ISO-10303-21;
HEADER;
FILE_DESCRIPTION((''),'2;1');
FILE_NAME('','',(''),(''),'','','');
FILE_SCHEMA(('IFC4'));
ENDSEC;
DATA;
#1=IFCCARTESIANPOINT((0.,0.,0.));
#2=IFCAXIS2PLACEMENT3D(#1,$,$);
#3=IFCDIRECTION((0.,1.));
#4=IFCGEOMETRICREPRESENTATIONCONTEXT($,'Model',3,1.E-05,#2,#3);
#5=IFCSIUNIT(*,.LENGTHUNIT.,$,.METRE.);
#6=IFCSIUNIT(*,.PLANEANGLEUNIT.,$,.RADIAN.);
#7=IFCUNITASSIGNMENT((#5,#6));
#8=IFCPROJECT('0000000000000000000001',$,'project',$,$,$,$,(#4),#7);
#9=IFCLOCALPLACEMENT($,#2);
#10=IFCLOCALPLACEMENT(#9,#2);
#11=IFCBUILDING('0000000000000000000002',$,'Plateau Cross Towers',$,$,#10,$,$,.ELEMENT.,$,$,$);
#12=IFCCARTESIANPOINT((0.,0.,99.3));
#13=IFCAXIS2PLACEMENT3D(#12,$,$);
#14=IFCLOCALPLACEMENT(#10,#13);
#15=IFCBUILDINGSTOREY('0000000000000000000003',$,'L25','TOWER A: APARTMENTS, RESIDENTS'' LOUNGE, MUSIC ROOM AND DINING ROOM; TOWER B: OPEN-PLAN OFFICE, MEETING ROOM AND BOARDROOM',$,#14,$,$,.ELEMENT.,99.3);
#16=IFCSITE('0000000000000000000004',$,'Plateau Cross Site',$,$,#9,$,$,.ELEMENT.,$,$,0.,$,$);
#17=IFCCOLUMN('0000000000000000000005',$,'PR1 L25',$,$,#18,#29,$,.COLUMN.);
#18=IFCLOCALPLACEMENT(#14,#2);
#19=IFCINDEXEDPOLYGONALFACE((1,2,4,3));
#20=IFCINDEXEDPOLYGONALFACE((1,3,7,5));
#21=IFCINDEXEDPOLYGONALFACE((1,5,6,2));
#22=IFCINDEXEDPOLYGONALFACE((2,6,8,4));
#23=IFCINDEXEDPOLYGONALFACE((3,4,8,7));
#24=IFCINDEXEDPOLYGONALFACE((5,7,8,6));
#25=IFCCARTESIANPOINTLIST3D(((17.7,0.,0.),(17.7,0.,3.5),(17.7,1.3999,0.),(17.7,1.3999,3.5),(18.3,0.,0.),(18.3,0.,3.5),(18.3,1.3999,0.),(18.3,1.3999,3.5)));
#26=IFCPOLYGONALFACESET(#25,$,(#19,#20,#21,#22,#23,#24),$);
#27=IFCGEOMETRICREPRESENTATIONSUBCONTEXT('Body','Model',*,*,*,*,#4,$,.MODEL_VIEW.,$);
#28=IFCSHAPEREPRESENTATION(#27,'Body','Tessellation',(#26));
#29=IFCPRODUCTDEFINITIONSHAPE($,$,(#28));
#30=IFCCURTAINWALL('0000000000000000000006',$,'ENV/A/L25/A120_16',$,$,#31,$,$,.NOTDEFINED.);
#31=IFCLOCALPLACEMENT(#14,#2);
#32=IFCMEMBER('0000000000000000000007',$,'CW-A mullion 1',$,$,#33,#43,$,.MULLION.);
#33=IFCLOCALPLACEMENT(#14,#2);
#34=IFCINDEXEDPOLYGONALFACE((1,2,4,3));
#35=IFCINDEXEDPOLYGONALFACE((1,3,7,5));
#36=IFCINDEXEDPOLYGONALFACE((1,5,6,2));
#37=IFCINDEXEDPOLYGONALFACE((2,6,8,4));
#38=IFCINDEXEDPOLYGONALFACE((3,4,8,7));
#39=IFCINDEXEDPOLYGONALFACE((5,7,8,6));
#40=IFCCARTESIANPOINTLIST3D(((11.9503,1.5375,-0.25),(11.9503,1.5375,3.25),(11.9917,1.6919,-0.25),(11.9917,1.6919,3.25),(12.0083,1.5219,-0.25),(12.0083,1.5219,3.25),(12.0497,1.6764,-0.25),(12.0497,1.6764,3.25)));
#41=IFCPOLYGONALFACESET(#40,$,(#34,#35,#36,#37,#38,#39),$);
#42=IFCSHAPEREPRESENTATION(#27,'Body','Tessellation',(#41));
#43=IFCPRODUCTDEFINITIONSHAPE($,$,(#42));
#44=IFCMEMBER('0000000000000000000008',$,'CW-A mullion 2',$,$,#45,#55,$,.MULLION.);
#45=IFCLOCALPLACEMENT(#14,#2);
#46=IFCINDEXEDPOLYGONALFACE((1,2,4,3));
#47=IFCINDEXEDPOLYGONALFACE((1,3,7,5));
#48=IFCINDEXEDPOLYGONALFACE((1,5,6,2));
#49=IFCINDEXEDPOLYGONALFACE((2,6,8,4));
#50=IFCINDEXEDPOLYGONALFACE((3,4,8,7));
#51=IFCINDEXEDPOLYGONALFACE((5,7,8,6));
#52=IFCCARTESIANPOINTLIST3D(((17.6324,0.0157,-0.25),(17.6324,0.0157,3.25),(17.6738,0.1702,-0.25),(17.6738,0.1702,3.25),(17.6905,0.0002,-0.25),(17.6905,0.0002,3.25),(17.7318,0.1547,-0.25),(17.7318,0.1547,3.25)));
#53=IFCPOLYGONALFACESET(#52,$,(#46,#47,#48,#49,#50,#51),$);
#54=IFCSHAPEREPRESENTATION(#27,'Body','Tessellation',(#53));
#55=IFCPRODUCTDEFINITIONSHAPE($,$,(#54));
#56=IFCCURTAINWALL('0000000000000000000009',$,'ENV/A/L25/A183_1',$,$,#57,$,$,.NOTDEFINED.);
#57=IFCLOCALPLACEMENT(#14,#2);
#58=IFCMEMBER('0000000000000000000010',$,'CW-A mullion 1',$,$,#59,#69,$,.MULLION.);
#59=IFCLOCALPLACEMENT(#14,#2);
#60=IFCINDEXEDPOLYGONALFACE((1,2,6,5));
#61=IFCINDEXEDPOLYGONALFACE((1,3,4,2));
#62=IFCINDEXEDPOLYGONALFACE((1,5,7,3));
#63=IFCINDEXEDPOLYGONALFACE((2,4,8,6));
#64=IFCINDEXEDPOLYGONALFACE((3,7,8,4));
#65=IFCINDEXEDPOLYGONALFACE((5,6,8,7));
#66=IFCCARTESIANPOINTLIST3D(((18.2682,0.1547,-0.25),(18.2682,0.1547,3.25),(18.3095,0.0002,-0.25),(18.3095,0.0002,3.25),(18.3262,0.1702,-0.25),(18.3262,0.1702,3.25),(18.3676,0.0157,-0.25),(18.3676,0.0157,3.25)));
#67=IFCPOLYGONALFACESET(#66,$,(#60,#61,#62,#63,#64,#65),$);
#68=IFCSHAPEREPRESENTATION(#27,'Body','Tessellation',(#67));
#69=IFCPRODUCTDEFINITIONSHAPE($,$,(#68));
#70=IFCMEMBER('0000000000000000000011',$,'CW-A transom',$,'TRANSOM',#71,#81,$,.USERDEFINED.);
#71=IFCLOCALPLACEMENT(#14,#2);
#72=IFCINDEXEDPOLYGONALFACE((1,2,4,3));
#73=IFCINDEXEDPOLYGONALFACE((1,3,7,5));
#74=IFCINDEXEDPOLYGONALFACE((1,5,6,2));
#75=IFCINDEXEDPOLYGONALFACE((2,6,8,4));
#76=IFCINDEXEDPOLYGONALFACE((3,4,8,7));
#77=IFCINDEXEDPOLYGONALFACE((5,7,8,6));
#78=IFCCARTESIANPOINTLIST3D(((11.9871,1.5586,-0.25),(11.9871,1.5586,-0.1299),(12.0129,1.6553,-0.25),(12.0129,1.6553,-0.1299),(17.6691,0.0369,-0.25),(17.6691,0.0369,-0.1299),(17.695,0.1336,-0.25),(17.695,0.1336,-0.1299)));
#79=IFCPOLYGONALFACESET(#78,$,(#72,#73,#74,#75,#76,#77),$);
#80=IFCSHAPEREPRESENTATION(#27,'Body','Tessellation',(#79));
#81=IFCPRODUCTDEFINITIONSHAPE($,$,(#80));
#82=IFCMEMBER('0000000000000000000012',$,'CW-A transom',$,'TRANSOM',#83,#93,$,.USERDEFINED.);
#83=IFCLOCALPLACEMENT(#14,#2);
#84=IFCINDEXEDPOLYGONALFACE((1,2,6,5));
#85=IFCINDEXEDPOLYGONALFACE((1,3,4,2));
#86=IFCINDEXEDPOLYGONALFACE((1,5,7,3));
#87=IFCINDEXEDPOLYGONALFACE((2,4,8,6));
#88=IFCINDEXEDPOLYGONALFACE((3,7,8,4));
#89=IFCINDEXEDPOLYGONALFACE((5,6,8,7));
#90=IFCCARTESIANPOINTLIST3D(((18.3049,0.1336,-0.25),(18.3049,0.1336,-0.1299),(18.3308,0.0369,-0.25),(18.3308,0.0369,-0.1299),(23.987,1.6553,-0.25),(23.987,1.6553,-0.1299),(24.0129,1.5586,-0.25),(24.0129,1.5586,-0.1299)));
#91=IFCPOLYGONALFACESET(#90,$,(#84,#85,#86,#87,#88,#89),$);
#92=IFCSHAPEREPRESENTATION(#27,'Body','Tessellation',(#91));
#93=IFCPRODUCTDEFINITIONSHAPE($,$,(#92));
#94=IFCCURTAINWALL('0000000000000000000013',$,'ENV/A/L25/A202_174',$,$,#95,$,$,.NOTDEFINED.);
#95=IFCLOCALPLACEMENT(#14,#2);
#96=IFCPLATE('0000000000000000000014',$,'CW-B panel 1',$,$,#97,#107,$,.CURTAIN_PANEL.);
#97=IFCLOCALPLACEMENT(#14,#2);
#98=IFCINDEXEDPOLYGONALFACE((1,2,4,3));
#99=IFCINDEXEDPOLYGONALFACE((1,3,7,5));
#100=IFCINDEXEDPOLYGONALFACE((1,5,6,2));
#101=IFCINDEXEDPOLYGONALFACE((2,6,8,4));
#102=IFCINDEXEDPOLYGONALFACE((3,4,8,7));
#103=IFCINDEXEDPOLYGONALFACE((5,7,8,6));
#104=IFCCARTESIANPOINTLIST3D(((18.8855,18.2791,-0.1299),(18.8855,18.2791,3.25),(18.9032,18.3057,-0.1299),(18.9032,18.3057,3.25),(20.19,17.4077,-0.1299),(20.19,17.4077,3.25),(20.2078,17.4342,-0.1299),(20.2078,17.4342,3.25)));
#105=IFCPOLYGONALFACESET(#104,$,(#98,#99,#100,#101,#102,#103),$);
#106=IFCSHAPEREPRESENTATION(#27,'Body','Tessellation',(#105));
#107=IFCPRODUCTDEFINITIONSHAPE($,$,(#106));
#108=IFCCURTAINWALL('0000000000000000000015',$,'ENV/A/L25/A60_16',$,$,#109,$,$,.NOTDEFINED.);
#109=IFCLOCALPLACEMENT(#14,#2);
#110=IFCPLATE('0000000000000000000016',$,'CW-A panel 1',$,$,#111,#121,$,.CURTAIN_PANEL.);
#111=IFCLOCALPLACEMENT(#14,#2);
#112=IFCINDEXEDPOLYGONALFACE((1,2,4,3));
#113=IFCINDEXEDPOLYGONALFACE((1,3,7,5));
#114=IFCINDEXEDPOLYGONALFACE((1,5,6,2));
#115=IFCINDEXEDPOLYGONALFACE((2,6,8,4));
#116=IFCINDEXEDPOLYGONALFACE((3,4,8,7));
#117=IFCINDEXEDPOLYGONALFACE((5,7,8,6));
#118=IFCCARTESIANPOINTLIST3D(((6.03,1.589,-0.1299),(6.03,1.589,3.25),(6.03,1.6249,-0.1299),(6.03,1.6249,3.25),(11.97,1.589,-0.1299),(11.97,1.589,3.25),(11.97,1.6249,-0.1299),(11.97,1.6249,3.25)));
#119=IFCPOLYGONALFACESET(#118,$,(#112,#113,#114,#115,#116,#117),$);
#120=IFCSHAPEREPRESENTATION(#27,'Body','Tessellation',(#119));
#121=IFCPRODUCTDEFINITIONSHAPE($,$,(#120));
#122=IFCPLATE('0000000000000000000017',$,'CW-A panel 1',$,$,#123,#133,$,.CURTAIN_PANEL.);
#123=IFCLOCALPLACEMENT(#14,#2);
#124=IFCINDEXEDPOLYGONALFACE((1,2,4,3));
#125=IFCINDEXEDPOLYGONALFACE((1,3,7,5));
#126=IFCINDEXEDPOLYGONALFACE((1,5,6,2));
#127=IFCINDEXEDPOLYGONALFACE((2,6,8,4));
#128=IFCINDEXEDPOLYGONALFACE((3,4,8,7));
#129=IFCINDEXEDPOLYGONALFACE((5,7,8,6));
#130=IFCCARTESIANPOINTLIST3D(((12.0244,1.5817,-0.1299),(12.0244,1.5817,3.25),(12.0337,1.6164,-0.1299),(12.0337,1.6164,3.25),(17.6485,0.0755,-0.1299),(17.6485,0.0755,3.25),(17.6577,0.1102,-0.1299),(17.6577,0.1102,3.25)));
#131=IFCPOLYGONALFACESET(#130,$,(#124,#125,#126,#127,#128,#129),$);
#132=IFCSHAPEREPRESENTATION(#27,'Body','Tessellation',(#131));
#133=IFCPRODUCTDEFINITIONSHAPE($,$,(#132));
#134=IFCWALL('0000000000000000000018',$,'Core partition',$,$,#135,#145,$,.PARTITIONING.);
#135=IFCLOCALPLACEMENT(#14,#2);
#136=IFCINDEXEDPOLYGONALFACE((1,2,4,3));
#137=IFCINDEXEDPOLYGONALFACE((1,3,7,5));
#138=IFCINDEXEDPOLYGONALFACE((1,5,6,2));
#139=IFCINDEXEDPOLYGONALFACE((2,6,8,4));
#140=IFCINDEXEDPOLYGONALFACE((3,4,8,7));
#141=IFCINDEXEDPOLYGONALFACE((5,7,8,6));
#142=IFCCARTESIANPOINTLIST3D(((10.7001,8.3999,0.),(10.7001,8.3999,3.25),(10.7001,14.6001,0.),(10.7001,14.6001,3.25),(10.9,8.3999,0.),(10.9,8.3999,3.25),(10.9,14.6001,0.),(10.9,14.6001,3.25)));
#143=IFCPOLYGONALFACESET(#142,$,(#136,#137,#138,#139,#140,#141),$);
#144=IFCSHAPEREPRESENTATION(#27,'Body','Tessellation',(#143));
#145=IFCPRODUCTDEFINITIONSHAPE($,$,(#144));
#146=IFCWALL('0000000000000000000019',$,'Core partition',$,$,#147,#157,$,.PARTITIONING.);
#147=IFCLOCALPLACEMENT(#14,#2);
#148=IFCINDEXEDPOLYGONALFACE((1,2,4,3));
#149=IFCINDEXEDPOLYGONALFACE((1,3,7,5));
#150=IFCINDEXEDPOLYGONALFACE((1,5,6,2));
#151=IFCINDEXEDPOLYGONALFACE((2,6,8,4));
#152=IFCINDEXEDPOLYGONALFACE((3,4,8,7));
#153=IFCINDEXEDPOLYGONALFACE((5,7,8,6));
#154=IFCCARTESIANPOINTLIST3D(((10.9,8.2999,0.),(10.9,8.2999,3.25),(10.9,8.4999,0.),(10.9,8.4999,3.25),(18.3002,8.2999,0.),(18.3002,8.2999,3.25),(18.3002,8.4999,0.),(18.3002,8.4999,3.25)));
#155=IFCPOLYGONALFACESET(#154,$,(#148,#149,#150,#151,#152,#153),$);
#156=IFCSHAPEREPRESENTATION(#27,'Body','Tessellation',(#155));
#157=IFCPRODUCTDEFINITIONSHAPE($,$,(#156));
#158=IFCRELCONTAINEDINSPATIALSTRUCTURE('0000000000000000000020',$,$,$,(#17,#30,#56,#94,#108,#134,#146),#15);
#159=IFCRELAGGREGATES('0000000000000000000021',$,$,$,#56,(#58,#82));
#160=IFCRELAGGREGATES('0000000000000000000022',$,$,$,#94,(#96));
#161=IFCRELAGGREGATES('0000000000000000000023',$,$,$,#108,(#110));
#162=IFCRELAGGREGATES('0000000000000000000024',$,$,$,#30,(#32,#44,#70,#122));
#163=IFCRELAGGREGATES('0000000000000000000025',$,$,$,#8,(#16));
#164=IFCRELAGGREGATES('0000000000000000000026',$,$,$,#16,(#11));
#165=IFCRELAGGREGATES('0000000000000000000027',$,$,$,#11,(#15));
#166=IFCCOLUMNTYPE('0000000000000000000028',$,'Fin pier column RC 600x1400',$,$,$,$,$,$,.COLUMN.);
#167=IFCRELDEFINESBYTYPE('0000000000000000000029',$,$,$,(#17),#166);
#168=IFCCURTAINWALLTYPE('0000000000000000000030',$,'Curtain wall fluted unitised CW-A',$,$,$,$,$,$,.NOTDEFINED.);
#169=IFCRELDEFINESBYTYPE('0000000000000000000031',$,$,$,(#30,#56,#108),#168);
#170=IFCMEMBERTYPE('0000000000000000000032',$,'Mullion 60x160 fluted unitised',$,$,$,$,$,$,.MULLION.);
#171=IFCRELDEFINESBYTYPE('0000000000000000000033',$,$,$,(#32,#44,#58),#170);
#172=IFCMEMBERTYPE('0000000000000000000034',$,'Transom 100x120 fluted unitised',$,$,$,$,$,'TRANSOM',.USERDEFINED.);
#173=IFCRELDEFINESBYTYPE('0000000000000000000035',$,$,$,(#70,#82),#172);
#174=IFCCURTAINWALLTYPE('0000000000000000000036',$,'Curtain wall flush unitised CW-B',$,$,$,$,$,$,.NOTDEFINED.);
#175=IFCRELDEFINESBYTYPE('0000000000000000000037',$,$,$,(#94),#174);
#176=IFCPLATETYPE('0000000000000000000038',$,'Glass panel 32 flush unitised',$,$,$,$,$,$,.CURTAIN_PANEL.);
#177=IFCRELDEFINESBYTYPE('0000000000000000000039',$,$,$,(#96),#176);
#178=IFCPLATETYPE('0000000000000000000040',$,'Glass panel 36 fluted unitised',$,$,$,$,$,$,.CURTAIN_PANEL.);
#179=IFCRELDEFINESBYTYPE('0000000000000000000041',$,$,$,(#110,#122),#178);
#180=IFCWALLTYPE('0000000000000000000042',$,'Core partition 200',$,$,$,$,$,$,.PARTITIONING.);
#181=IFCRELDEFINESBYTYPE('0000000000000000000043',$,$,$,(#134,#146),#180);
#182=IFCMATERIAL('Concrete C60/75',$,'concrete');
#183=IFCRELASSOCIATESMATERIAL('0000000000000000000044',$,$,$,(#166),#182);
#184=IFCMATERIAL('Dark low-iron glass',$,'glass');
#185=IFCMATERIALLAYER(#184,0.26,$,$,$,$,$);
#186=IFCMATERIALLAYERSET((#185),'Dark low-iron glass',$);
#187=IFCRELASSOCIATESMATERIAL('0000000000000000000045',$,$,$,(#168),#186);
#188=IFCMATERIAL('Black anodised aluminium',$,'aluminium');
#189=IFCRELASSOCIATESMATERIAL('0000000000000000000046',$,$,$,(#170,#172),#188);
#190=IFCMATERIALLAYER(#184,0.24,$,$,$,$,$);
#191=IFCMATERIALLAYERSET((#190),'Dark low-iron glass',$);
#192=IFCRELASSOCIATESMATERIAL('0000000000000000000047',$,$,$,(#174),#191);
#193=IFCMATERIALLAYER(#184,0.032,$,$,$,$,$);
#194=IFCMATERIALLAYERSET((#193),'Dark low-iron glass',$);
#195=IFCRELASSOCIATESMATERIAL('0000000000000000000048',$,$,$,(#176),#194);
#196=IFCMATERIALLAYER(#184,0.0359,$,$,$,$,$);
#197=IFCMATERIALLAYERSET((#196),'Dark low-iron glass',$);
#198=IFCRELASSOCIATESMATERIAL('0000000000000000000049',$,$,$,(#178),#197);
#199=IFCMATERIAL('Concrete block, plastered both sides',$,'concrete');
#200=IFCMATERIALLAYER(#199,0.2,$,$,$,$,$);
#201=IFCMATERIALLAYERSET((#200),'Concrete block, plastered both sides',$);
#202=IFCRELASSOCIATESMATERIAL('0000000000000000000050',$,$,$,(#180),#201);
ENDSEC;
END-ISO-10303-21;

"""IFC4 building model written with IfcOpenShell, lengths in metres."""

from ifc_helpers import new_model, si_unit, direction, frame, frame_2d, origin, origin_2d, place, context, subcontext, project, spatial, rectangle, extrude, material, layer, layer_set, material_profile, profile_set, type_object, element, aggregate, save


model = new_model("IFC4")

# Units and contexts
model_context = context("Model", 3, precision=1e-05, world=origin(), true_north=direction((0.0, 1.0)))
body_context = subcontext(model_context, "Body", "Model", "MODEL_VIEW")
ifc_project = project(units=[si_unit("LENGTHUNIT", "METRE"), si_unit("PLANEANGLEUNIT", "RADIAN")], contexts=[model_context])

# Site, building, storey
site_placement = place(None, origin())
site = spatial("IfcSite", under=ifc_project, at=site_placement, Name="Plateau Cross Site", CompositionType="ELEMENT", RefElevation=0.0)
building_placement = place(site_placement, origin())
building = spatial("IfcBuilding", under=site, at=building_placement, Name="Plateau Cross Towers", CompositionType="ELEMENT")
storey_placement = place(building_placement, frame((0.0, 0.0, 99.3)))
storey = spatial("IfcBuildingStorey", under=building, at=storey_placement, Name="L25", Description="TOWER A: APARTMENTS, RESIDENTS' LOUNGE, MUSIC ROOM AND DINING ROOM; TOWER B: OPEN-PLAN OFFICE, MEETING ROOM AND BOARDROOM", CompositionType="ELEMENT", Elevation=99.3)

# Column
ifc_material_1 = material(Name="Concrete C60/75", Category="concrete")
ifc_material_profile_1 = material_profile(ifc_material_1, rectangle(XDim=0.6001, YDim=1.3999, at=origin_2d()), Name="RC 600x1400")
ifc_profile_set_1 = profile_set([ifc_material_profile_1], Name="Concrete C60/75")
column_type = type_object("IfcColumnType", Name="Fin pier column RC 600x1400", PredefinedType="COLUMN", material=ifc_profile_set_1)
column_placement = place(storey_placement, frame((18.0, 0.7, 0.0), z_axis=(0.0, 0.0, 1.0), x_axis=(1.0, 0.0, 0.0)))
element("IfcColumn", 1, at=column_placement, inside=storey, type_object=column_type, Name="PR1 L25", PredefinedType="COLUMN", context=body_context, shape_type="SweptSolid", body=[
    extrude(rectangle(XDim=0.6001, YDim=1.3999, at=origin_2d()), origin(), (0.0, 0.0, 1.0), 3.5),
])

# Curtain wall, members
ifc_material_2 = material(Name="Dark low-iron glass", Category="glass")
ifc_layer_1 = layer(ifc_material_2, 0.26)
ifc_layer_set_1 = layer_set([ifc_layer_1], Name="Dark low-iron glass")
curtain_wall_type_1 = type_object("IfcCurtainWallType", Name="Curtain wall fluted unitised CW-A", PredefinedType="NOTDEFINED", material=ifc_layer_set_1)
curtain_wall_1_placement = place(storey_placement, origin())
curtain_wall_1 = element("IfcCurtainWall", 2, at=curtain_wall_1_placement, inside=storey, type_object=curtain_wall_type_1, Name="ENV/A/L25/A120_16", PredefinedType="NOTDEFINED")
ifc_material_3 = material(Name="Black anodised aluminium", Category="aluminium")
ifc_material_profile_2 = material_profile(ifc_material_3, rectangle(XDim=0.0601, YDim=0.1599, at=origin_2d()), Name="MULLION 60x160")
ifc_profile_set_2 = profile_set([ifc_material_profile_2], Name="Black anodised aluminium")
member_type_1 = type_object("IfcMemberType", Name="Mullion 60x160 fluted unitised", PredefinedType="MULLION", material=ifc_profile_set_2)
member_1_placement = place(storey_placement, frame((12.0, 1.6069, -0.25), z_axis=(0.0, 0.0, 1.0), x_axis=(0.965958, -0.258699, 0.0)))
member_1 = element("IfcMember", 3, at=member_1_placement, type_object=member_type_1, Name="CW-A mullion 1", PredefinedType="MULLION", context=body_context, shape_type="SweptSolid", body=[
    extrude(rectangle(XDim=0.0601, YDim=0.1599, at=origin_2d()), origin(), (0.0, 0.0, 1.0), 3.5),
])
member_2_placement = place(storey_placement, frame((17.6821, 0.0852, -0.25), z_axis=(0.0, 0.0, 1.0), x_axis=(0.965958, -0.258699, 0.0)))
member_2 = element("IfcMember", 4, at=member_2_placement, type_object=member_type_1, Name="CW-A mullion 2", PredefinedType="MULLION", context=body_context, shape_type="SweptSolid", body=[
    extrude(rectangle(XDim=0.0601, YDim=0.1599, at=origin_2d()), origin(), (0.0, 0.0, 1.0), 3.5),
])

# Curtain wall, member
curtain_wall_2_placement = place(storey_placement, origin())
curtain_wall_2 = element("IfcCurtainWall", 5, at=curtain_wall_2_placement, inside=storey, type_object=curtain_wall_type_1, Name="ENV/A/L25/A183_1", PredefinedType="NOTDEFINED")
member_3_placement = place(storey_placement, frame((18.3179, 0.0852, -0.25), z_axis=(0.0, 0.0, 1.0), x_axis=(0.965958, 0.258699, 0.0)))
member_3 = element("IfcMember", 6, at=member_3_placement, type_object=member_type_1, Name="CW-A mullion 1", PredefinedType="MULLION", context=body_context, shape_type="SweptSolid", body=[
    extrude(rectangle(XDim=0.0601, YDim=0.1599, at=origin_2d()), origin(), (0.0, 0.0, 1.0), 3.5),
])

# Members
ifc_material_profile_3 = material_profile(ifc_material_3, rectangle(XDim=0.1001, YDim=0.1201, at=origin_2d()), Name="TRANSOM 100x120")
ifc_profile_set_3 = profile_set([ifc_material_profile_3], Name="Black anodised aluminium")
member_type_2 = type_object("IfcMemberType", Name="Transom 100x120 fluted unitised", ElementType="TRANSOM", PredefinedType="USERDEFINED", material=ifc_profile_set_3)
member_4_placement = place(storey_placement, frame((12.0, 1.6069, -0.1899), z_axis=(0.96596, -0.258693, 0.0), x_axis=(0.258693, 0.96596, 0.0)))
member_4 = element("IfcMember", 7, at=member_4_placement, type_object=member_type_2, Name="CW-A transom", ObjectType="TRANSOM", PredefinedType="USERDEFINED", context=body_context, shape_type="SweptSolid", body=[
    extrude(rectangle(XDim=0.1001, YDim=0.1201, at=origin_2d()), origin(), (0.0, 0.0, 1.0), 5.8823),
])
member_5_placement = place(storey_placement, frame((18.3179, 0.0852, -0.1899), z_axis=(0.96596, 0.258693, 0.0), x_axis=(-0.258693, 0.96596, 0.0)))
member_5 = element("IfcMember", 8, at=member_5_placement, type_object=member_type_2, Name="CW-A transom", ObjectType="TRANSOM", PredefinedType="USERDEFINED", context=body_context, shape_type="SweptSolid", body=[
    extrude(rectangle(XDim=0.1001, YDim=0.1201, at=origin_2d()), origin(), (0.0, 0.0, 1.0), 5.8823),
])
aggregate(curtain_wall_2, [member_3, member_5])

# Curtain walls, plates
ifc_layer_2 = layer(ifc_material_2, 0.24)
ifc_layer_set_2 = layer_set([ifc_layer_2], Name="Dark low-iron glass")
curtain_wall_type_2 = type_object("IfcCurtainWallType", Name="Curtain wall flush unitised CW-B", PredefinedType="NOTDEFINED", material=ifc_layer_set_2)
curtain_wall_3_placement = place(storey_placement, origin())
curtain_wall_3 = element("IfcCurtainWall", 9, at=curtain_wall_3_placement, inside=storey, type_object=curtain_wall_type_2, Name="ENV/A/L25/A202_174", PredefinedType="NOTDEFINED")
ifc_layer_3 = layer(ifc_material_2, 0.032)
ifc_layer_set_3 = layer_set([ifc_layer_3], Name="Dark low-iron glass")
plate_type_1 = type_object("IfcPlateType", Name="Glass panel 32 flush unitised", PredefinedType="CURTAIN_PANEL", material=ifc_layer_set_3)
plate_1_placement = place(storey_placement, frame((19.5466, 17.8567, -0.1299), z_axis=(0.0, 0.0, 1.0), x_axis=(-0.831521, 0.555493, 0.0)))
plate_1 = element("IfcPlate", 10, at=plate_1_placement, type_object=plate_type_1, Name="CW-B panel 1", PredefinedType="CURTAIN_PANEL", context=body_context, shape_type="SweptSolid", body=[
    extrude(rectangle(XDim=1.5688, YDim=0.032, at=origin_2d()), origin(), (0.0, 0.0, 1.0), 3.3799),
])
aggregate(curtain_wall_3, [plate_1])
curtain_wall_4_placement = place(storey_placement, origin())
curtain_wall_4 = element("IfcCurtainWall", 11, at=curtain_wall_4_placement, inside=storey, type_object=curtain_wall_type_1, Name="ENV/A/L25/A60_16", PredefinedType="NOTDEFINED")
ifc_layer_4 = layer(ifc_material_2, 0.0359)
ifc_layer_set_4 = layer_set([ifc_layer_4], Name="Dark low-iron glass")
plate_type_2 = type_object("IfcPlateType", Name="Glass panel 36 fluted unitised", PredefinedType="CURTAIN_PANEL", material=ifc_layer_set_4)
plate_2_placement = place(storey_placement, frame((9.0, 1.6069, -0.1299), z_axis=(0.0, 0.0, 1.0), x_axis=(1.0, 0.0, 0.0)))
plate_2 = element("IfcPlate", 12, at=plate_2_placement, type_object=plate_type_2, Name="CW-A panel 1", PredefinedType="CURTAIN_PANEL", context=body_context, shape_type="SweptSolid", body=[
    extrude(rectangle(XDim=5.9399, YDim=0.0359, at=origin_2d()), origin(), (0.0, 0.0, 1.0), 3.3799),
])
aggregate(curtain_wall_4, [plate_2])

# Plate
plate_3_placement = place(storey_placement, frame((14.8411, 0.8459, -0.1299), z_axis=(0.0, 0.0, 1.0), x_axis=(0.965958, -0.258699, 0.0)))
plate_3 = element("IfcPlate", 13, at=plate_3_placement, type_object=plate_type_2, Name="CW-A panel 1", PredefinedType="CURTAIN_PANEL", context=body_context, shape_type="SweptSolid", body=[
    extrude(rectangle(XDim=5.8223, YDim=0.0359, at=origin_2d()), origin(), (0.0, 0.0, 1.0), 3.3799),
])
aggregate(curtain_wall_1, [member_1, member_2, member_4, plate_3])

# Walls
ifc_material_4 = material(Name="Concrete block, plastered both sides", Category="concrete")
ifc_layer_5 = layer(ifc_material_4, 0.2)
ifc_layer_set_5 = layer_set([ifc_layer_5], Name="Concrete block, plastered both sides")
wall_type_1 = type_object("IfcWallType", Name="Core partition 200", PredefinedType="PARTITIONING", material=ifc_layer_set_5)
wall_1_placement = place(storey_placement, frame((10.8, 8.3999, 0.0), z_axis=(0.0, 0.0, 1.0), x_axis=(0.0, 1.0, 0.0)))
element("IfcWall", 14, at=wall_1_placement, inside=storey, type_object=wall_type_1, Name="Core partition", PredefinedType="PARTITIONING", context=body_context, shape_type="SweptSolid", body=[
    extrude(rectangle(XDim=6.2002, YDim=0.2, at=frame_2d((3.1001, 0.0))), origin(), (0.0, 0.0, 1.0), 3.25),
])
wall_2_placement = place(storey_placement, frame((10.8999, 8.3999, 0.0), z_axis=(0.0, 0.0, 1.0), x_axis=(1.0, 0.0, 0.0)))
element("IfcWall", 15, at=wall_2_placement, inside=storey, type_object=wall_type_1, Name="Core partition", PredefinedType="PARTITIONING", context=body_context, shape_type="SweptSolid", body=[
    extrude(rectangle(XDim=7.4001, YDim=0.2, at=frame_2d((3.7002, 0.0))), origin(), (0.0, 0.0, 1.0), 3.25),
])

save(model, "model.ifc")
